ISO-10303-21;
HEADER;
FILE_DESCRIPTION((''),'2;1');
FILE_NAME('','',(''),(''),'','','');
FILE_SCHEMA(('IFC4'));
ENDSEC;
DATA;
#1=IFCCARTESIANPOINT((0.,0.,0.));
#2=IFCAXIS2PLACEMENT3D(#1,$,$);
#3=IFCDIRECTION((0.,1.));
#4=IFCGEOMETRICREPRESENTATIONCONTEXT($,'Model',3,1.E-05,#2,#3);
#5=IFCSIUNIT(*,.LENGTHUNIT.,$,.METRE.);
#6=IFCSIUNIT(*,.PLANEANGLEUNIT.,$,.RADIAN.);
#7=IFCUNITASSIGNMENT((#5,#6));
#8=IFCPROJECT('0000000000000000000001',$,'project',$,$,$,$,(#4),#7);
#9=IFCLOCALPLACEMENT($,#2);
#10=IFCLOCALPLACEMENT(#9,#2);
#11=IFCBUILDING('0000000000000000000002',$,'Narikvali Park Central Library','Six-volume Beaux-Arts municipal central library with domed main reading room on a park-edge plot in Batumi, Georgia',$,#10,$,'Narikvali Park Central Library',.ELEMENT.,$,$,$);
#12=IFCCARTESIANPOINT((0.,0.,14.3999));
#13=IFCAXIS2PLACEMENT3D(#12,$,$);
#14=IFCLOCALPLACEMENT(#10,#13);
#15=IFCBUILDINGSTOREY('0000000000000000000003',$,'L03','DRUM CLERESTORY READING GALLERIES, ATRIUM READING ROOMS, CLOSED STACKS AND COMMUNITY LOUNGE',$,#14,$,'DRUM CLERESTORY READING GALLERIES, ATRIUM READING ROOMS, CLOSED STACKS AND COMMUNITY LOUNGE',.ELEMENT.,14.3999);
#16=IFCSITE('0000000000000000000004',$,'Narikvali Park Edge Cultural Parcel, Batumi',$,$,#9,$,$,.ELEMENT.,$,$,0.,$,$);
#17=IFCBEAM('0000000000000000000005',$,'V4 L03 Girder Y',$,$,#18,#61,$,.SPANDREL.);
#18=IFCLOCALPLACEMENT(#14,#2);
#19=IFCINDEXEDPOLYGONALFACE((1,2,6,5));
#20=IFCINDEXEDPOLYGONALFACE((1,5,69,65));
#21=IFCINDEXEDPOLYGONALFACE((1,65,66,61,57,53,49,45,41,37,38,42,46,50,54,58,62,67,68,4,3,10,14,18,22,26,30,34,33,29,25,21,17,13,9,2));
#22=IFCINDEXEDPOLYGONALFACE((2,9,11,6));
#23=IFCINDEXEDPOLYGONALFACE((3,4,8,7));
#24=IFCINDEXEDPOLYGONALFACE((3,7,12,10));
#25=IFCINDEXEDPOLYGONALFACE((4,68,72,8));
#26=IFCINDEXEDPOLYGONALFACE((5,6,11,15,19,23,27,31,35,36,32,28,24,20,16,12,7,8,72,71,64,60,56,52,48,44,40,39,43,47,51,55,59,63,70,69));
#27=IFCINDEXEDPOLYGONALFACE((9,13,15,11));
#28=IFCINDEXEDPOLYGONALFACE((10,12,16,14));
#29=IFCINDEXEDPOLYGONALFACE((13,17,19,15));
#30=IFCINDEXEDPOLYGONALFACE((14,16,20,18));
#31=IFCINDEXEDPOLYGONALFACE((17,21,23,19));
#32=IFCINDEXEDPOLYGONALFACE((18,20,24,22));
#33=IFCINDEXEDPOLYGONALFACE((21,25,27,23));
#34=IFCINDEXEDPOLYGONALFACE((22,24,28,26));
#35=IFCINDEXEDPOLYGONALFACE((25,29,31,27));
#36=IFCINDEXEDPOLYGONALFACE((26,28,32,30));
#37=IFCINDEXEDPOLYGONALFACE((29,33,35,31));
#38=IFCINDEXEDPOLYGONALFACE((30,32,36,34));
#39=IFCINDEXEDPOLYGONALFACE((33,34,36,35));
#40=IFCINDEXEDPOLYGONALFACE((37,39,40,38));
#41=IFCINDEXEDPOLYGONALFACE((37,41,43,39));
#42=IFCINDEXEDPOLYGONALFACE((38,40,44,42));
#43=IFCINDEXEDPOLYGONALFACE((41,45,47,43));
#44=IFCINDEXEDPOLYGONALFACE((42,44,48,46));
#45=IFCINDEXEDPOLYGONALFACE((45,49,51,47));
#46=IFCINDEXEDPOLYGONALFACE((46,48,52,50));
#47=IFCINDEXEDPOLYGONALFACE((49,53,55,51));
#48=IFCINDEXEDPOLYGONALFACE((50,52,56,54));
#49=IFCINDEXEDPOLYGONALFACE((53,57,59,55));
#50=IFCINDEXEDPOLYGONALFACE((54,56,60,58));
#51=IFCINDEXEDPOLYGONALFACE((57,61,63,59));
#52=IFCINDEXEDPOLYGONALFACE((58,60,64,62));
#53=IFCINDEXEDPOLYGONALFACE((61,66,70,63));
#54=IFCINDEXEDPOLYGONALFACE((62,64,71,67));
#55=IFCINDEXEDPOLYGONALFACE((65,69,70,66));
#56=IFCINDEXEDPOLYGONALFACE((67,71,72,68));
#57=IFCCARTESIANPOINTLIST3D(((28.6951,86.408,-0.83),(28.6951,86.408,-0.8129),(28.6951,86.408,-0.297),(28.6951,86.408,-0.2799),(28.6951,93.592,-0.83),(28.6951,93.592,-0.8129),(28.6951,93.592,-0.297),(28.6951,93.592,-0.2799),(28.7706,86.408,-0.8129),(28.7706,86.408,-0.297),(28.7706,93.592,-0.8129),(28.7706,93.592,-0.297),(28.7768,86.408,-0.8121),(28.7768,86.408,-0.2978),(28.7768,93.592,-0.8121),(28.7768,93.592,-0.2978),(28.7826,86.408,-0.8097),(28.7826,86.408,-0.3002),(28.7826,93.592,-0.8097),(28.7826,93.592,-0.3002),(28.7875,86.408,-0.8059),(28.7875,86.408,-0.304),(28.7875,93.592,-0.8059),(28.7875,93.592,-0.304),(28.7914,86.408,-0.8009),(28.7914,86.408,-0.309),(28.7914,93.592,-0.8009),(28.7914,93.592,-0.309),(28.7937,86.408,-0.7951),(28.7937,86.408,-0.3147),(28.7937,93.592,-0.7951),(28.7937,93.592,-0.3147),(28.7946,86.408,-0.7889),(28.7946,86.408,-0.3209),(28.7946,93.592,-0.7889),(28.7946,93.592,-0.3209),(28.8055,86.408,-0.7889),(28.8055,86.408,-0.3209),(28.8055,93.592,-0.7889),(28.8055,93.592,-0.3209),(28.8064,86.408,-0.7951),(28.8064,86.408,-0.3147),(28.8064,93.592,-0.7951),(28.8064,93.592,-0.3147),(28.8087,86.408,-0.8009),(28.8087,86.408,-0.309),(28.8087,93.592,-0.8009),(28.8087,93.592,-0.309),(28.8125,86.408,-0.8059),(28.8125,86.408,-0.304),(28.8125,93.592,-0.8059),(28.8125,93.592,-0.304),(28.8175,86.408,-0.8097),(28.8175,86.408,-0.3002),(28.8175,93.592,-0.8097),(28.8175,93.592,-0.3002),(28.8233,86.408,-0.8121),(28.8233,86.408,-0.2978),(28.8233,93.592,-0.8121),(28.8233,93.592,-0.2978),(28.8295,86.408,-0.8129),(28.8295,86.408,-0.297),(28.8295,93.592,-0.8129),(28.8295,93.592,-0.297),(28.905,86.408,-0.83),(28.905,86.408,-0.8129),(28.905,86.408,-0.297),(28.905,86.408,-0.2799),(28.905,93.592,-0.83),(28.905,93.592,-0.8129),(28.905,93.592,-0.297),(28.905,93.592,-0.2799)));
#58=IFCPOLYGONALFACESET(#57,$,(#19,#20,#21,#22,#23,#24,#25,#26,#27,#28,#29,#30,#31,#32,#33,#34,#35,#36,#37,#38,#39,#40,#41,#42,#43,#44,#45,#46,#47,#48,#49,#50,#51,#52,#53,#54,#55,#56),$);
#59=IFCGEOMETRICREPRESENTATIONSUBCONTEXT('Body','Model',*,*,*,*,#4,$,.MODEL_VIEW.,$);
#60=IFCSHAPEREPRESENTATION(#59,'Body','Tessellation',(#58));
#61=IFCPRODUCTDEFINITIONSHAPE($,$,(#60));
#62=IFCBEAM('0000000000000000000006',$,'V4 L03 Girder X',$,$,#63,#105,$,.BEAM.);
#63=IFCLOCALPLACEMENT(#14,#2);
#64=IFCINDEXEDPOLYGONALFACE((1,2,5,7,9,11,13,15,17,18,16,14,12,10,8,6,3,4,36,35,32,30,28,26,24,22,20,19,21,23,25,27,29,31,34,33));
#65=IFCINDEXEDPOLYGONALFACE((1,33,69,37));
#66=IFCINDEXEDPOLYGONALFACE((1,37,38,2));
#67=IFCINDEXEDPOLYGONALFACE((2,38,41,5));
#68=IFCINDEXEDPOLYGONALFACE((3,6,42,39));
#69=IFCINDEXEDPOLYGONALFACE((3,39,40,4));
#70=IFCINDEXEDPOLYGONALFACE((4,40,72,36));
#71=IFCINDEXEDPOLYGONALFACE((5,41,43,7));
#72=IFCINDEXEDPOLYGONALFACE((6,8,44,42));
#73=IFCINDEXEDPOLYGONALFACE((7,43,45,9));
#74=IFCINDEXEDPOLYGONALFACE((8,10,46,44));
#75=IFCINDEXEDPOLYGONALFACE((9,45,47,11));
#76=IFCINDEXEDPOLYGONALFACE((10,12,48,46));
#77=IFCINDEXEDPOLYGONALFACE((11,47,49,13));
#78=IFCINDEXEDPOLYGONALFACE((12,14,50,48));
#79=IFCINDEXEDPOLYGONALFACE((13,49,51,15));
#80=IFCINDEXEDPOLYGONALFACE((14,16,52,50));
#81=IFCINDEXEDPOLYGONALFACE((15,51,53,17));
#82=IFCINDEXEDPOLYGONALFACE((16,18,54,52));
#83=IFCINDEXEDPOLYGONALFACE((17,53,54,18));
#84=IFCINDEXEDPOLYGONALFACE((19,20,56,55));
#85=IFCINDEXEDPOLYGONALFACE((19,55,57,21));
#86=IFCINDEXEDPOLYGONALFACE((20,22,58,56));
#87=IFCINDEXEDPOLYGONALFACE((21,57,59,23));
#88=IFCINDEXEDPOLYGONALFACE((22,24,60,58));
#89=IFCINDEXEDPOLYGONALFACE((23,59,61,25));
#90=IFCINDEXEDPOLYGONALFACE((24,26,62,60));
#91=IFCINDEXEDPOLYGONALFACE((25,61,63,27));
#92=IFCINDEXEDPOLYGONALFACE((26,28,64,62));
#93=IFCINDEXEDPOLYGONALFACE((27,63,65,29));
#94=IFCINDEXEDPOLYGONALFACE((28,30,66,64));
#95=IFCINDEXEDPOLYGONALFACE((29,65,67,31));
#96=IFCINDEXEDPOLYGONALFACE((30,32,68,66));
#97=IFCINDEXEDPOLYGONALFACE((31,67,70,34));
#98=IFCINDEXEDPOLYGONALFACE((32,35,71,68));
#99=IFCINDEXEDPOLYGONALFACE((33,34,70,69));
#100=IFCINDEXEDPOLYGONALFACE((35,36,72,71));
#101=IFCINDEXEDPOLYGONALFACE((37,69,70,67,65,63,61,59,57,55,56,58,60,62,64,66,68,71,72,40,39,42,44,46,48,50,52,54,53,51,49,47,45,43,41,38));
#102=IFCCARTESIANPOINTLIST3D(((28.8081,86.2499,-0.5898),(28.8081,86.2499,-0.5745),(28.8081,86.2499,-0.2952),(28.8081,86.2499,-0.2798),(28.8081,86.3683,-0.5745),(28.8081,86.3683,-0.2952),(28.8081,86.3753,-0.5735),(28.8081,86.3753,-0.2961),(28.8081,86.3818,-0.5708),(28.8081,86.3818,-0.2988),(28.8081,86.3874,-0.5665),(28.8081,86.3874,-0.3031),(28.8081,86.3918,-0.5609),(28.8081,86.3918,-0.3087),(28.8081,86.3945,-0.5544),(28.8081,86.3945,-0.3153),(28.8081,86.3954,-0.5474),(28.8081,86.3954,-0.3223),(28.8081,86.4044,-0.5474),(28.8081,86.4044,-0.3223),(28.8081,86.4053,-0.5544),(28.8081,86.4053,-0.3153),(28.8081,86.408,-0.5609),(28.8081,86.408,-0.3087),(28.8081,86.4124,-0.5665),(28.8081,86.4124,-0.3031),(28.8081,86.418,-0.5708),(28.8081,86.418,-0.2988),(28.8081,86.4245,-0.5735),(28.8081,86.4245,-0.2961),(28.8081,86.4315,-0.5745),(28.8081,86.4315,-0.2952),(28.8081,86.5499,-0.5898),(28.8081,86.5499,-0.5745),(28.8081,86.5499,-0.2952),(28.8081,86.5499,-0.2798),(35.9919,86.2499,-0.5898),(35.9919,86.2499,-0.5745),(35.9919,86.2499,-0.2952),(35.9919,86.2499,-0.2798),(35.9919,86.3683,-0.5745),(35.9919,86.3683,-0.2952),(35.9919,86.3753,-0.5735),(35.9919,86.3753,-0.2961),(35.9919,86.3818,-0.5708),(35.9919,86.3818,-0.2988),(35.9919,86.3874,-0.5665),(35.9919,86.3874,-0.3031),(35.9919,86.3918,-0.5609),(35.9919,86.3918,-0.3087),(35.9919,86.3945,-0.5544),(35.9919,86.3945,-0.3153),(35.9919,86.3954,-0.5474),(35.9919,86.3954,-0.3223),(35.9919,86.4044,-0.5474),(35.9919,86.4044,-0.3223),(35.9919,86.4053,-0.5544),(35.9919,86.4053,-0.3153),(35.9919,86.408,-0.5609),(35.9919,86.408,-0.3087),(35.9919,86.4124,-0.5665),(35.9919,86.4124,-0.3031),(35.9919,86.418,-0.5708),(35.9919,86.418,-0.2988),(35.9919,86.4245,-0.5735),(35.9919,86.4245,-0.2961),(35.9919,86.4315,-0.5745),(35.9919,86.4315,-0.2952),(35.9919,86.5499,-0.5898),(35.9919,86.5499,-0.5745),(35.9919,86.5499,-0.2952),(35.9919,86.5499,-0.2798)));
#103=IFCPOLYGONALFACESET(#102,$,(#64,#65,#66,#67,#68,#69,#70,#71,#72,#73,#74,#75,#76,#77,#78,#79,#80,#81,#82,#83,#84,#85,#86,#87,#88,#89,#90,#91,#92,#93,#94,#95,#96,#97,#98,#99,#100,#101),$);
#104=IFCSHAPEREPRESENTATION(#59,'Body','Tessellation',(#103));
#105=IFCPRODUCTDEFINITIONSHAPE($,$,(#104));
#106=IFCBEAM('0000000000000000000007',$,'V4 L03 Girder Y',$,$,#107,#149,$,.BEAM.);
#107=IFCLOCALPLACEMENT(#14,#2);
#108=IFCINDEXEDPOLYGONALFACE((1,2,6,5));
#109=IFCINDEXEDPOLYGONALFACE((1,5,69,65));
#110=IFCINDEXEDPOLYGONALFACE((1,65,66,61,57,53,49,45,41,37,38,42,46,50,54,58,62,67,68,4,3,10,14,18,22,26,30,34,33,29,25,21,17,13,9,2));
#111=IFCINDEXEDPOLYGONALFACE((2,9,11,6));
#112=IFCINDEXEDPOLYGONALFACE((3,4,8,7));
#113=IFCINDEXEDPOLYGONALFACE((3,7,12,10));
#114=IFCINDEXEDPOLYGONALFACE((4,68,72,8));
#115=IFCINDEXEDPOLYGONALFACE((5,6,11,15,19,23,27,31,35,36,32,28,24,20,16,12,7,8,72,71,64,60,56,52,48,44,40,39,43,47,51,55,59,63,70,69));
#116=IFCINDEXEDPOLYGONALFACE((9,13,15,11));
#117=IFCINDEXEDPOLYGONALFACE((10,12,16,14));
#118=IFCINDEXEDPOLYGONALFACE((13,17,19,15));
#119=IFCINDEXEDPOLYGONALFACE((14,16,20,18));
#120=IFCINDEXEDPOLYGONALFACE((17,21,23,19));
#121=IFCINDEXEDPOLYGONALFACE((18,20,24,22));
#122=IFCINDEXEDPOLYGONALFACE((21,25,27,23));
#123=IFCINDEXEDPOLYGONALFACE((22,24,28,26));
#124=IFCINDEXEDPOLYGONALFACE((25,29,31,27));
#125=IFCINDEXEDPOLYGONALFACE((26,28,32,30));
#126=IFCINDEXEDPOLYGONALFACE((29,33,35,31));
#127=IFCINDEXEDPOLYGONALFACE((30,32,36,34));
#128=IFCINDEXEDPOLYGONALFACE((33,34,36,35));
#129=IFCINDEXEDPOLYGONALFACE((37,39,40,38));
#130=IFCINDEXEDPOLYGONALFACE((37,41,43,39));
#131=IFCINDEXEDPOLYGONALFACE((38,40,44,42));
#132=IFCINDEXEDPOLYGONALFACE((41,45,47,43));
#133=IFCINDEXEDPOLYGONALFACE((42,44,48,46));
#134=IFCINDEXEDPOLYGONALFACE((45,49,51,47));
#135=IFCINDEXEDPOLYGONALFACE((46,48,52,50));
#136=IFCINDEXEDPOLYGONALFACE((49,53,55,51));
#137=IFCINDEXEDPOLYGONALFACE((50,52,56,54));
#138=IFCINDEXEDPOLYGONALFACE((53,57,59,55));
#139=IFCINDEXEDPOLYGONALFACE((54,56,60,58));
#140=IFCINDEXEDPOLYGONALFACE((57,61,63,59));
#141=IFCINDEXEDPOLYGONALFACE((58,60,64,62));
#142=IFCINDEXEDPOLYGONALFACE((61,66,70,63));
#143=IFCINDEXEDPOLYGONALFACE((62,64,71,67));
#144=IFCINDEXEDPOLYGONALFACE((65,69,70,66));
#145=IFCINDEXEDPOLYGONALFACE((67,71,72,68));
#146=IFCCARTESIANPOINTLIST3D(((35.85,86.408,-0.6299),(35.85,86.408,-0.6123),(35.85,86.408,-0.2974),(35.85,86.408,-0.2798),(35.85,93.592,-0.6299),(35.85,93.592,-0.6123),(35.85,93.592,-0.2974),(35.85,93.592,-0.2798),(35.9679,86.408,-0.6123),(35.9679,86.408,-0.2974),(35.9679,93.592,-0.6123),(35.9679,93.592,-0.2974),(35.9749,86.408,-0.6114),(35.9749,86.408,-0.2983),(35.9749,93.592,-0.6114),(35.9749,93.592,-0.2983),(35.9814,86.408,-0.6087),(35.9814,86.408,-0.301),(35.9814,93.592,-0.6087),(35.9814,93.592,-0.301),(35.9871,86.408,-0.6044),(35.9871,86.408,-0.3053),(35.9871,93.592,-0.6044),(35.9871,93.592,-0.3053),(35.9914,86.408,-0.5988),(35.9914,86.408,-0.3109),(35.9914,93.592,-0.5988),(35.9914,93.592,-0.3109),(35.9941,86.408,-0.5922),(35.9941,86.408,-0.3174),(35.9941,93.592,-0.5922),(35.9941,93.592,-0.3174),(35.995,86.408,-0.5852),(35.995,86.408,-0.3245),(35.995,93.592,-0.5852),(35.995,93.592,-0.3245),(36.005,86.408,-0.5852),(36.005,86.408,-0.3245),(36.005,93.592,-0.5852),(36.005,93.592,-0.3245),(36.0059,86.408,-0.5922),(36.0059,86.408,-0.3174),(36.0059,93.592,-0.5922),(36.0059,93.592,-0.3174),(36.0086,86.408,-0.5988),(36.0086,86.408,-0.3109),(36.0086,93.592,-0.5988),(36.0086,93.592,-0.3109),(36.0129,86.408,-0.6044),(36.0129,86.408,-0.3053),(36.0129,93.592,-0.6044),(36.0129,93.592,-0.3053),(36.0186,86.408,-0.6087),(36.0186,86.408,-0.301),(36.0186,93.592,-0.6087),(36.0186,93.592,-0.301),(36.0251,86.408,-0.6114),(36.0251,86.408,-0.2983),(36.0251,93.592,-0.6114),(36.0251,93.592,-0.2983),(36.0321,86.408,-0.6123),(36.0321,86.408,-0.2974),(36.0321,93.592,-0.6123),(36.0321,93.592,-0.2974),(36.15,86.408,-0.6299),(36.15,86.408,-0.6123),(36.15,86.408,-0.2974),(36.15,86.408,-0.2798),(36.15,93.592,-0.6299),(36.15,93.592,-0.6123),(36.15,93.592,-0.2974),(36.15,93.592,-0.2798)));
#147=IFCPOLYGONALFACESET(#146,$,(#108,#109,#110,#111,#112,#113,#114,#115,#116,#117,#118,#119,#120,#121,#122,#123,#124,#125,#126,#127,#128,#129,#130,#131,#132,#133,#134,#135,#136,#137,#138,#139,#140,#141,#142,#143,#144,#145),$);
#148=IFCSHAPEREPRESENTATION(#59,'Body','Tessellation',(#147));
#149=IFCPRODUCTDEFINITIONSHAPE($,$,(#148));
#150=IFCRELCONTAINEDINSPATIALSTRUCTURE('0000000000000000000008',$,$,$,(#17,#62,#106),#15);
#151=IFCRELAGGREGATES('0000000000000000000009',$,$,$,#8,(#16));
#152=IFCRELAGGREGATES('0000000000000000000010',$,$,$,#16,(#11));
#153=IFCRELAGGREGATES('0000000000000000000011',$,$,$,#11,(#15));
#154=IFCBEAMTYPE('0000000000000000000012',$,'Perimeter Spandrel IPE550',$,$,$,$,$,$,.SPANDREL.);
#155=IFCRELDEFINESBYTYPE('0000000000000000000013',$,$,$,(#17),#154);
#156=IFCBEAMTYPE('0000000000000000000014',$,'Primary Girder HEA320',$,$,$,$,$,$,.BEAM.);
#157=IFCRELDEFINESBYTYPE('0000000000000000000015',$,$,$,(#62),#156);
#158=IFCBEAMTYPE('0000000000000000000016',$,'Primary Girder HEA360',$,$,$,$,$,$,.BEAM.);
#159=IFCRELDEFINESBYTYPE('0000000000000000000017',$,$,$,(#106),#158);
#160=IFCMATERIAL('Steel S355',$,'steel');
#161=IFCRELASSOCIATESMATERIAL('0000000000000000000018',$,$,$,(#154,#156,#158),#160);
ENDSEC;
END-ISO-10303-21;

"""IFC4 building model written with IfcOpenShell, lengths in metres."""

from ifc_helpers import new_model, si_unit, direction, frame, origin, origin_2d, place, context, subcontext, project, spatial, i_section, extrude, material, material_profile, profile_set, type_object, element, save


model = new_model("IFC4")

# Units and contexts
model_context = context("Model", 3, precision=1e-05, world=origin(), true_north=direction((0.0, 1.0)))
body_context = subcontext(model_context, "Body", "Model", "MODEL_VIEW")
ifc_project = project(units=[si_unit("LENGTHUNIT", "METRE"), si_unit("PLANEANGLEUNIT", "RADIAN")], contexts=[model_context])

# Site, building, storey
site_placement = place(None, origin())
site = spatial("IfcSite", under=ifc_project, at=site_placement, Name="Narikvali Park Edge Cultural Parcel, Batumi", CompositionType="ELEMENT", RefElevation=0.0)
building_placement = place(site_placement, origin())
building = spatial("IfcBuilding", under=site, at=building_placement, Name="Narikvali Park Central Library", Description="Six-volume Beaux-Arts municipal central library with domed main reading room on a park-edge plot in Batumi, Georgia", LongName="Narikvali Park Central Library", CompositionType="ELEMENT")
storey_placement = place(building_placement, frame((0.0, 0.0, 14.3999)))
storey = spatial("IfcBuildingStorey", under=building, at=storey_placement, Name="L03", Description="DRUM CLERESTORY READING GALLERIES, ATRIUM READING ROOMS, CLOSED STACKS AND COMMUNITY LOUNGE", LongName="DRUM CLERESTORY READING GALLERIES, ATRIUM READING ROOMS, CLOSED STACKS AND COMMUNITY LOUNGE", CompositionType="ELEMENT", Elevation=14.3999)

# Shared definitions
ifc_material_1 = material(Name="Steel S355", Category="steel")

# Beams
ifc_material_profile_1 = material_profile(ifc_material_1, i_section(OverallWidth=0.21, OverallDepth=0.55, WebThickness=0.011, FlangeThickness=0.0171, FilletRadius=0.0239, at=origin_2d()), Name="IPE 550")
ifc_profile_set_1 = profile_set([ifc_material_profile_1], Name="Steel S355")
beam_type_1 = type_object("IfcBeamType", Name="Perimeter Spandrel IPE550", PredefinedType="SPANDREL", material=ifc_profile_set_1)
beam_1_placement = place(storey_placement, frame((28.8, 86.408, -0.5549), z_axis=(0.0, 1.0, 0.0), x_axis=(-1.0, 0.0, 0.0)))
element("IfcBeam", 1, at=beam_1_placement, inside=storey, type_object=beam_type_1, Name="V4 L03 Girder Y", PredefinedType="SPANDREL", context=body_context, shape_type="SweptSolid", body=[
    extrude(i_section(OverallWidth=0.21, OverallDepth=0.55, WebThickness=0.011, FlangeThickness=0.0171, FilletRadius=0.0239, at=origin_2d()), origin(), (0.0, 0.0, 1.0), 7.1841),
])
ifc_material_profile_2 = material_profile(ifc_material_1, i_section(OverallWidth=0.3, OverallDepth=0.3101, WebThickness=0.009, FlangeThickness=0.0154, FilletRadius=0.0271, at=origin_2d()), Name="HEA 320")
ifc_profile_set_2 = profile_set([ifc_material_profile_2], Name="Steel S355")
beam_type_2 = type_object("IfcBeamType", Name="Primary Girder HEA320", PredefinedType="BEAM", material=ifc_profile_set_2)
beam_2_placement = place(storey_placement, frame((28.8081, 86.3999, -0.4348), z_axis=(1.0, 0.0, 0.0), x_axis=(0.0, 1.0, 0.0)))
element("IfcBeam", 2, at=beam_2_placement, inside=storey, type_object=beam_type_2, Name="V4 L03 Girder X", PredefinedType="BEAM", context=body_context, shape_type="SweptSolid", body=[
    extrude(i_section(OverallWidth=0.3, OverallDepth=0.3101, WebThickness=0.009, FlangeThickness=0.0154, FilletRadius=0.0271, at=origin_2d()), origin(), (0.0, 0.0, 1.0), 7.1838),
])
ifc_material_profile_3 = material_profile(ifc_material_1, i_section(OverallWidth=0.3, OverallDepth=0.3501, WebThickness=0.01, FlangeThickness=0.0176, FilletRadius=0.0271, at=origin_2d()), Name="HEA 360")
ifc_profile_set_3 = profile_set([ifc_material_profile_3], Name="Steel S355")
beam_type_3 = type_object("IfcBeamType", Name="Primary Girder HEA360", PredefinedType="BEAM", material=ifc_profile_set_3)
beam_3_placement = place(storey_placement, frame((36.0, 86.408, -0.4548), z_axis=(0.0, 1.0, 0.0), x_axis=(-1.0, 0.0, 0.0)))
element("IfcBeam", 3, at=beam_3_placement, inside=storey, type_object=beam_type_3, Name="V4 L03 Girder Y", PredefinedType="BEAM", context=body_context, shape_type="SweptSolid", body=[
    extrude(i_section(OverallWidth=0.3, OverallDepth=0.3501, WebThickness=0.01, FlangeThickness=0.0176, FilletRadius=0.0271, at=origin_2d()), origin(), (0.0, 0.0, 1.0), 7.1841),
])

save(model, "model.ifc")
